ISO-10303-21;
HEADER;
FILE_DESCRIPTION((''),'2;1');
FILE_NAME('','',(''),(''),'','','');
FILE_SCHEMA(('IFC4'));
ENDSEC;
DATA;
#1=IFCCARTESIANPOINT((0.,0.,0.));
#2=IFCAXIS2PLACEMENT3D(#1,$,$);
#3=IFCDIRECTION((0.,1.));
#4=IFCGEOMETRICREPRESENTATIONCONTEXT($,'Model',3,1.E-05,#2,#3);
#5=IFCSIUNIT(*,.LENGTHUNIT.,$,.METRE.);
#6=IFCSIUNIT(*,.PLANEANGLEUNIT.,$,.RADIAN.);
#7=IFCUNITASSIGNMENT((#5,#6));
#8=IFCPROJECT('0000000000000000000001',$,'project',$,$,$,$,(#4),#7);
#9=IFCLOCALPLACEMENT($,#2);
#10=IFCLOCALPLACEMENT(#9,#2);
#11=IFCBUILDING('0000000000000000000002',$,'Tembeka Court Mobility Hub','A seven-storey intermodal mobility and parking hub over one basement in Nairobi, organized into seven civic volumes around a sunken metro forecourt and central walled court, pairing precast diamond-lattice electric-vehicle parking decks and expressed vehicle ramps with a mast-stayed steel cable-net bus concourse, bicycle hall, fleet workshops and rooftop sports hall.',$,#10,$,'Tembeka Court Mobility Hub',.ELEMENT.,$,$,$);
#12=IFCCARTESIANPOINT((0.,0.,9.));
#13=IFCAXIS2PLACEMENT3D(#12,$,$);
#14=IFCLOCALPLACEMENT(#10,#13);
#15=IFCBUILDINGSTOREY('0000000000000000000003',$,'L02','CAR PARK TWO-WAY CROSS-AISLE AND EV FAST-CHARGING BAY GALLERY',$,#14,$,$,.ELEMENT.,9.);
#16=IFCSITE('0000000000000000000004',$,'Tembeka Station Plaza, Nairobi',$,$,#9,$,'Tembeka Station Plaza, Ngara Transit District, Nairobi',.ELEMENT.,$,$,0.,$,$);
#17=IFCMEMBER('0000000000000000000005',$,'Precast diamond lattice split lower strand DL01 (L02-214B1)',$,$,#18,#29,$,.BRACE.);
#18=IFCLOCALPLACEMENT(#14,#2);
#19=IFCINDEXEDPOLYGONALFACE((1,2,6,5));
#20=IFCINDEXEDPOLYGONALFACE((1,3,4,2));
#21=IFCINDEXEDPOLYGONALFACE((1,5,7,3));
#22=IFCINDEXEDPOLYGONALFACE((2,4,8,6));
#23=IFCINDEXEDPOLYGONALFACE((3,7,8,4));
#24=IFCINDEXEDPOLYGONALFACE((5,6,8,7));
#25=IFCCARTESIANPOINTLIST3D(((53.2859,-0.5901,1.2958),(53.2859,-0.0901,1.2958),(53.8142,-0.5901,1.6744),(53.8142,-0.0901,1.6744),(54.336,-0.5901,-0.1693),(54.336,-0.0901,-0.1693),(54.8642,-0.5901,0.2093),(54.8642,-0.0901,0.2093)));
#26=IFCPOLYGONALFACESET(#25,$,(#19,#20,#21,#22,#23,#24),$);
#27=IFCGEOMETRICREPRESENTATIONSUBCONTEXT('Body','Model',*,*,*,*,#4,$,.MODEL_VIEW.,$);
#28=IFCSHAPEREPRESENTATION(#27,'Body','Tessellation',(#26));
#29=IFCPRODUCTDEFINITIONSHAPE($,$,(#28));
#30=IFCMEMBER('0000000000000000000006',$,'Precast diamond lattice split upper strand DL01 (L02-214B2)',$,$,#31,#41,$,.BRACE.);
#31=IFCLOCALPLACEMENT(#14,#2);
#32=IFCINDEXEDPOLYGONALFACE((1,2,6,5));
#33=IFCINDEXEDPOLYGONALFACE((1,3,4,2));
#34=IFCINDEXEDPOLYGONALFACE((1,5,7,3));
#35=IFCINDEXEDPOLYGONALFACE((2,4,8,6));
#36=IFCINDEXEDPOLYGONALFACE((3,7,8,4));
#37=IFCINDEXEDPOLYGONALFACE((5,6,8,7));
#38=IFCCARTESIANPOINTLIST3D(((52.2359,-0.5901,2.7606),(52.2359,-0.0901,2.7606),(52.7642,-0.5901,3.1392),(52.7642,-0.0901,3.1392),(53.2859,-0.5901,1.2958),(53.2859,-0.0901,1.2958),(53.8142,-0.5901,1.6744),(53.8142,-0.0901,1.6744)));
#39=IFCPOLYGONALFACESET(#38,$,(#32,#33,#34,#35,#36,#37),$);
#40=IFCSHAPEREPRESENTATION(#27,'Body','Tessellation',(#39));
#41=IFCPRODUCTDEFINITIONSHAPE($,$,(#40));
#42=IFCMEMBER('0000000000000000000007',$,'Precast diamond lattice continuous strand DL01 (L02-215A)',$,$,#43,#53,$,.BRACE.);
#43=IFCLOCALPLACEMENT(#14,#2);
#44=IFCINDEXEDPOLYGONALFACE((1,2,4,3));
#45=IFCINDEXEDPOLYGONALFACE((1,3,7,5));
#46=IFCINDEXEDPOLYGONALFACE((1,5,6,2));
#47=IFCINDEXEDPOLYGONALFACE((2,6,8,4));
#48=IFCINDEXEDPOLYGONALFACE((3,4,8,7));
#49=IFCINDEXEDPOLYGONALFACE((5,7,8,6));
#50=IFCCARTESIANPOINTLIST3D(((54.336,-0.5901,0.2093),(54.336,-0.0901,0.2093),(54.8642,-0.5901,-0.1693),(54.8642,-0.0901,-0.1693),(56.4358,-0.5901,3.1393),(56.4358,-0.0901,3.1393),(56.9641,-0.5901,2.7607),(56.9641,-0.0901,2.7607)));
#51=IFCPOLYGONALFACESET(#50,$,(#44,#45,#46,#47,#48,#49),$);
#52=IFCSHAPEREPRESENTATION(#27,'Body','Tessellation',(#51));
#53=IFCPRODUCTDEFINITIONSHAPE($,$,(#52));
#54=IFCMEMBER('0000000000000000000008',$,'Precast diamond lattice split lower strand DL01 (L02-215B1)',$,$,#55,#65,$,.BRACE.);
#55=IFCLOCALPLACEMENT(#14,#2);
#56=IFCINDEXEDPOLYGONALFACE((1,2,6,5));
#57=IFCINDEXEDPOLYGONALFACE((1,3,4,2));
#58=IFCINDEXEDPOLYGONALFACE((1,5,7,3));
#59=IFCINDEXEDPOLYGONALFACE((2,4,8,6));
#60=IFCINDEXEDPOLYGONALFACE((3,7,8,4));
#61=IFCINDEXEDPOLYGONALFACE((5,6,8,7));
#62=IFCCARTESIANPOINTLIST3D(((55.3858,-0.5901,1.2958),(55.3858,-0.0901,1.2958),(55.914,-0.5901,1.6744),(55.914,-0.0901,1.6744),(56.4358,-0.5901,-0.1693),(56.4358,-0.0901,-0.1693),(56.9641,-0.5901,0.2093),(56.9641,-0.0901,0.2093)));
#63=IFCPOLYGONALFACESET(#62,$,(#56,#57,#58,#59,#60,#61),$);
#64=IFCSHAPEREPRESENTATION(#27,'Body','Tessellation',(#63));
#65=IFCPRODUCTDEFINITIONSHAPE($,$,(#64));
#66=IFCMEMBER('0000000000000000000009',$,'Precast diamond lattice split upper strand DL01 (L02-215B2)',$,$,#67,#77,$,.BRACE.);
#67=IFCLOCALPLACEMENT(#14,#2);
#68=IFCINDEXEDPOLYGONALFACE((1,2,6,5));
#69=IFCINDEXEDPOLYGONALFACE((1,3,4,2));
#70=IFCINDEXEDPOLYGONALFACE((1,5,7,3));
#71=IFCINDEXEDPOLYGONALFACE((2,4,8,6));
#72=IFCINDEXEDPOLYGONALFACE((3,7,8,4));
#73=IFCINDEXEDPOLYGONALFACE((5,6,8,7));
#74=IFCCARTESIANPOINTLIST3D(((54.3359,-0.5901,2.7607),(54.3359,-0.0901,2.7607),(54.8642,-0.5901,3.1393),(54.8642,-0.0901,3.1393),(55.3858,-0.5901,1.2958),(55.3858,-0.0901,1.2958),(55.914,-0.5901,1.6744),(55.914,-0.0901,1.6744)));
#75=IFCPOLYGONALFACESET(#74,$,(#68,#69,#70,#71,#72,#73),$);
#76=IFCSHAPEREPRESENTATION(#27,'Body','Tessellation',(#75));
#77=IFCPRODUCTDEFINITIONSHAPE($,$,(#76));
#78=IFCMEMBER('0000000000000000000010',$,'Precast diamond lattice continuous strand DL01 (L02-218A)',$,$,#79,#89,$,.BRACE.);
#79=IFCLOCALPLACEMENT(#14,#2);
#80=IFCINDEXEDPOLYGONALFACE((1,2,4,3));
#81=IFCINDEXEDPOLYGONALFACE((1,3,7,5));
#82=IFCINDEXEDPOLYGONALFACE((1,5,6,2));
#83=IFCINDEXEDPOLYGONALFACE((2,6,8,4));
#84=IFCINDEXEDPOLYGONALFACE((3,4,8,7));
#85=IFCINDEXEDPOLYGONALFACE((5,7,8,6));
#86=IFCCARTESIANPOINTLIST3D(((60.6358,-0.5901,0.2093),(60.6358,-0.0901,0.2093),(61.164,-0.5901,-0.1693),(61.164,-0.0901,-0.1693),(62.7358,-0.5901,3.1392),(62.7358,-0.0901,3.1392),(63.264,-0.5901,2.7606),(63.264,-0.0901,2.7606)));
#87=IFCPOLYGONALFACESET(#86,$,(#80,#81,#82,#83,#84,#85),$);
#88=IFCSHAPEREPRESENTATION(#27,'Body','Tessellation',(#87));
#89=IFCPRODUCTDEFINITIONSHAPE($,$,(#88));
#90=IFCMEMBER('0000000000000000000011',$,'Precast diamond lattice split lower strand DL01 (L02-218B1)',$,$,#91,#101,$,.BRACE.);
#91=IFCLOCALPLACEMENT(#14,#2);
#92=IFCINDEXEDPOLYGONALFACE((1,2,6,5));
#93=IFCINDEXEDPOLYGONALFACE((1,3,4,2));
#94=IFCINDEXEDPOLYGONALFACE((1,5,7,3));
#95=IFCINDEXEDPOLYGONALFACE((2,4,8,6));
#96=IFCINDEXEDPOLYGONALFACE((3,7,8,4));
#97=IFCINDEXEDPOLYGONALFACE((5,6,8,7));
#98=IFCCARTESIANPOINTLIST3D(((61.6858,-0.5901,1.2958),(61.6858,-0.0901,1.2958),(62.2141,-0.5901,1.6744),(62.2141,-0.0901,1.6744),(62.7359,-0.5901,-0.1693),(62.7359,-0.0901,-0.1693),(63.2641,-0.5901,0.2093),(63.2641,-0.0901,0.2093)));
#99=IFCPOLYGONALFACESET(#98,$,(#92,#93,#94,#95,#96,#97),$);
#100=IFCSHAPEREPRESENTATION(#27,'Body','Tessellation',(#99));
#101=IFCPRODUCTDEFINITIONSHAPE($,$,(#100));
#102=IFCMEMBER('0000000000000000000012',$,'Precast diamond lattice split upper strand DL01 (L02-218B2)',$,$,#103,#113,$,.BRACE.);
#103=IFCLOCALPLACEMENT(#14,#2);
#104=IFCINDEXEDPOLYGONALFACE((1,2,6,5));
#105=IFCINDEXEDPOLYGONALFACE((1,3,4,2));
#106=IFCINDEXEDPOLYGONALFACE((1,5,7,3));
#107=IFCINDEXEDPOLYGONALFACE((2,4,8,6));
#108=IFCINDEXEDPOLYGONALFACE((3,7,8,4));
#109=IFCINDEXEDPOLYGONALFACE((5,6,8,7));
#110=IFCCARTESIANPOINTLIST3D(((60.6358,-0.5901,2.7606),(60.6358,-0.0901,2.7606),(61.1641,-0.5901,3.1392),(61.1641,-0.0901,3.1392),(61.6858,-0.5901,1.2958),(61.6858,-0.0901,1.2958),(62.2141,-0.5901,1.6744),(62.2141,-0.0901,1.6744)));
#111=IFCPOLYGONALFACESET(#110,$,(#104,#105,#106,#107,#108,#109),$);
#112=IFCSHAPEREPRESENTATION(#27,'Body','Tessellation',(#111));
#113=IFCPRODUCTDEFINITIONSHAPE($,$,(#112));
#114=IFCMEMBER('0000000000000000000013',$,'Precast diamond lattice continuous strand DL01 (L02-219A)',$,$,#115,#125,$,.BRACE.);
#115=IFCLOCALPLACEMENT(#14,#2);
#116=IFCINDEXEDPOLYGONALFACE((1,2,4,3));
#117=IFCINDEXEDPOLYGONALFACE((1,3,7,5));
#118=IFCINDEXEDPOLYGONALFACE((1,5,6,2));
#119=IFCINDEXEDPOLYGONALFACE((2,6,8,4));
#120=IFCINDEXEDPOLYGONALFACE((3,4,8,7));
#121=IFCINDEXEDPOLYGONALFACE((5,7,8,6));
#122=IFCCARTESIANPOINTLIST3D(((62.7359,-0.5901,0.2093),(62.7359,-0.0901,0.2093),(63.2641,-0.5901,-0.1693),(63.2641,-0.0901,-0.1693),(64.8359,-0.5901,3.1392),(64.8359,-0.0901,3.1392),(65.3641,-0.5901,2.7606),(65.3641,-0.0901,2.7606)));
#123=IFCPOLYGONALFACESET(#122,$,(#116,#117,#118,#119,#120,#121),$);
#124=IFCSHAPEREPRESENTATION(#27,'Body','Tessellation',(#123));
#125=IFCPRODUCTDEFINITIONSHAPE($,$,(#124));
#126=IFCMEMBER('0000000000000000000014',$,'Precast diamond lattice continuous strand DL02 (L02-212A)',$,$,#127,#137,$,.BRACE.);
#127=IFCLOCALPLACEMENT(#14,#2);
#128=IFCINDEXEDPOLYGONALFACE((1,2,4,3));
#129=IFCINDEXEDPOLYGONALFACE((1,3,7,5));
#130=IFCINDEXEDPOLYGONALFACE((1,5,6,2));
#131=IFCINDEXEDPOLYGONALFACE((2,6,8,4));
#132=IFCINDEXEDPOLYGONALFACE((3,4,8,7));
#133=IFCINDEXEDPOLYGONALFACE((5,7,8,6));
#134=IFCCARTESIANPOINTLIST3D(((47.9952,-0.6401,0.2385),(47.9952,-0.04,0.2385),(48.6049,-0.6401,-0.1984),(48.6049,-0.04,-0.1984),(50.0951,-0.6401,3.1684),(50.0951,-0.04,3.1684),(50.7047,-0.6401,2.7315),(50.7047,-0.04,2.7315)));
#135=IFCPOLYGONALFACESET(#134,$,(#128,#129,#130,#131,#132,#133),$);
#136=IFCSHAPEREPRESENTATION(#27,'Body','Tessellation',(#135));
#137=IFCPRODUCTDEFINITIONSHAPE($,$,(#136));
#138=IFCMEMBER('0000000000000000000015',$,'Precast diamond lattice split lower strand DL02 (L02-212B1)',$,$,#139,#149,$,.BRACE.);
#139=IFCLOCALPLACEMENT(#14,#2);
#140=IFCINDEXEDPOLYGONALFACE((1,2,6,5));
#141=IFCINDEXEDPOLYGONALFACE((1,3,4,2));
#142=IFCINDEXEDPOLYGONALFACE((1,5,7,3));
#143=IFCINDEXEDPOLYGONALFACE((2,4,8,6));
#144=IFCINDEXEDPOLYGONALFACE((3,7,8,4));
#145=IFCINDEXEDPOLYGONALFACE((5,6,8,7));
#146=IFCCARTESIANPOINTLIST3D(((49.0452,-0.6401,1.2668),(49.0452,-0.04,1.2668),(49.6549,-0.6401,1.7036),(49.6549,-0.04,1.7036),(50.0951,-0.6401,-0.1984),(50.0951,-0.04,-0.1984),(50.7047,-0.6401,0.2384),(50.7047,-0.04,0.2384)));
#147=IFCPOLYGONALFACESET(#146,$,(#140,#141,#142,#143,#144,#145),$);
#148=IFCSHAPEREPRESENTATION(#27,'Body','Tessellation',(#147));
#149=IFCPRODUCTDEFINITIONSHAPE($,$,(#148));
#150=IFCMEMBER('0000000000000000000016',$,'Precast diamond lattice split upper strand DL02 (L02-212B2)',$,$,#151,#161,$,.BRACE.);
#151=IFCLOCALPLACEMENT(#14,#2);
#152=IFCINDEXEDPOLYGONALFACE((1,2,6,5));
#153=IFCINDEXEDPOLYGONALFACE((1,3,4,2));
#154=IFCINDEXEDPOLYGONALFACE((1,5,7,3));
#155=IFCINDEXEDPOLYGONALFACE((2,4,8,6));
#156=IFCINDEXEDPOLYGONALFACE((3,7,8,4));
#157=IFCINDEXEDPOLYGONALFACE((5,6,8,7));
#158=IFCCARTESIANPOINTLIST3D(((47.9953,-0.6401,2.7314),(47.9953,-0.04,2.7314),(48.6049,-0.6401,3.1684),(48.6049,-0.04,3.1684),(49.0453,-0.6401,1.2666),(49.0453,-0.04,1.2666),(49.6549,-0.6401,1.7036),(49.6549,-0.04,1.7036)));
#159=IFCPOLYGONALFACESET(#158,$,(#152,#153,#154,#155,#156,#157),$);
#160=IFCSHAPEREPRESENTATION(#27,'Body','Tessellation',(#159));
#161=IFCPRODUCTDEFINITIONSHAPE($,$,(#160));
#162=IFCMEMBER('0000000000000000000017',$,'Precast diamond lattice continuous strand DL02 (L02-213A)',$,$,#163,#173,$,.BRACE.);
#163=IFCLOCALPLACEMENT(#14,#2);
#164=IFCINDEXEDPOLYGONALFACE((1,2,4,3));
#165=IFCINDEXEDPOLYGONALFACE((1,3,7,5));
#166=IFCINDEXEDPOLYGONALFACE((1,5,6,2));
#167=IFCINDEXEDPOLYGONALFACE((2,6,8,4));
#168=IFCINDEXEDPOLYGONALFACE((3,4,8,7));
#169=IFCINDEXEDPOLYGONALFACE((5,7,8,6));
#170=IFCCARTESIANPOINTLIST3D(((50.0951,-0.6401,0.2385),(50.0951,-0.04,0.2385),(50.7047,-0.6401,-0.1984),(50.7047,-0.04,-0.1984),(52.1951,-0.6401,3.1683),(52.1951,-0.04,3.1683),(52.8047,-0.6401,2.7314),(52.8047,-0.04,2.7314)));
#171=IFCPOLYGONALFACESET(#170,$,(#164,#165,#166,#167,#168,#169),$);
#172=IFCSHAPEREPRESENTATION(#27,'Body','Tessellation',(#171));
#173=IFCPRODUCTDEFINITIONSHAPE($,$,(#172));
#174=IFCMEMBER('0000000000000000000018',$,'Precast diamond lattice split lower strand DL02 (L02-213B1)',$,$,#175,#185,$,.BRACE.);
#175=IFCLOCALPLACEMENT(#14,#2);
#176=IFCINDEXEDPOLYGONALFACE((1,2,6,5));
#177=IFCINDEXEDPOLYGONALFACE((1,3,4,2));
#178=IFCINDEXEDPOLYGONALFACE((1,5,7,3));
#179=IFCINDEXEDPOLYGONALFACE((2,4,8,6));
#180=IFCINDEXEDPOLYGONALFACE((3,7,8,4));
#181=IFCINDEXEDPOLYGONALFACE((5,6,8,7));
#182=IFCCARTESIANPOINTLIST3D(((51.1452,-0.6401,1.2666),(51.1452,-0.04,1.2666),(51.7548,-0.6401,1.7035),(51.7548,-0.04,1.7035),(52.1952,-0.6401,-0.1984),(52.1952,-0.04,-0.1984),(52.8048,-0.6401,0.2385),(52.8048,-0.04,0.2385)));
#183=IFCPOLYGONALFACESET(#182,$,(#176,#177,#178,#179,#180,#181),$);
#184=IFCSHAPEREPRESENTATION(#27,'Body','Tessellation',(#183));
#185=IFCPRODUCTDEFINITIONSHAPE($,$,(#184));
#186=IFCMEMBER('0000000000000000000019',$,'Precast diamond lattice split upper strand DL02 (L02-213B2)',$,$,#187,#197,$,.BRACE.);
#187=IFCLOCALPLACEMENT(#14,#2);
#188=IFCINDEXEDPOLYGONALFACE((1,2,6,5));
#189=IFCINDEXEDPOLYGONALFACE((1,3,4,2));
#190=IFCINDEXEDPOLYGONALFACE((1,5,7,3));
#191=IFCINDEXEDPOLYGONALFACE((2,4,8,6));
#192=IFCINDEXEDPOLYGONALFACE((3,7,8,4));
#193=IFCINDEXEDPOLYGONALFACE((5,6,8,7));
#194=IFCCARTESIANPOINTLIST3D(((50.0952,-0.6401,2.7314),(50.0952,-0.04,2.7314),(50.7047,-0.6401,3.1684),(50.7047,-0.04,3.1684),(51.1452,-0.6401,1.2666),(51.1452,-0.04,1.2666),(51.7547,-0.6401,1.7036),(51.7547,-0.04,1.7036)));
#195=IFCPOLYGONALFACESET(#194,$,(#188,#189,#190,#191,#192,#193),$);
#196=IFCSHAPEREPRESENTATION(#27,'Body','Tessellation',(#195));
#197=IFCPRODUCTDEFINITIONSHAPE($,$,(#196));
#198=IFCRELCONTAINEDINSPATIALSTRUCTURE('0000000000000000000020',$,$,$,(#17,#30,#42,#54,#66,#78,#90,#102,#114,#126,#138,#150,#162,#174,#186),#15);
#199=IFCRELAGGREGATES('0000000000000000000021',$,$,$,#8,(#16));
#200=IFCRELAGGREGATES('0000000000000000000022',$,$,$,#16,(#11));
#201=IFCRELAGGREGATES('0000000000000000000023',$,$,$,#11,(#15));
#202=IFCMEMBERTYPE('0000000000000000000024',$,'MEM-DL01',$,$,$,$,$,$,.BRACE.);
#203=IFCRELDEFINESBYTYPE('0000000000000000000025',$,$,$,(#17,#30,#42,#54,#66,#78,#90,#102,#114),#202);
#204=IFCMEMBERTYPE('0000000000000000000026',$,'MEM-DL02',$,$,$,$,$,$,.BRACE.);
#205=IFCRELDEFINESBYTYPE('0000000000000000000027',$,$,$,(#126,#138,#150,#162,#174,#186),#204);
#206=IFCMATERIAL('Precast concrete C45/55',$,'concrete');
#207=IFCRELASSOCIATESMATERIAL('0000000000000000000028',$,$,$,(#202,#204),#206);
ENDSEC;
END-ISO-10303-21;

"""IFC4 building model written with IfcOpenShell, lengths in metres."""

from ifc_helpers import new_model, si_unit, direction, frame, origin, origin_2d, place, context, subcontext, project, spatial, rectangle, extrude, material, material_profile, profile_set, type_object, element, save


model = new_model("IFC4")

# Units and contexts
model_context = context("Model", 3, precision=1e-05, world=origin(), true_north=direction((0.0, 1.0)))
body_context = subcontext(model_context, "Body", "Model", "MODEL_VIEW")
ifc_project = project(units=[si_unit("LENGTHUNIT", "METRE"), si_unit("PLANEANGLEUNIT", "RADIAN")], contexts=[model_context])

# Site, building, storey
site_placement = place(None, origin())
site = spatial("IfcSite", under=ifc_project, at=site_placement, Name="Tembeka Station Plaza, Nairobi", LongName="Tembeka Station Plaza, Ngara Transit District, Nairobi", CompositionType="ELEMENT", RefElevation=0.0)
building_placement = place(site_placement, origin())
building = spatial("IfcBuilding", under=site, at=building_placement, Name="Tembeka Court Mobility Hub", Description="A seven-storey intermodal mobility and parking hub over one basement in Nairobi, organized into seven civic volumes around a sunken metro forecourt and central walled court, pairing precast diamond-lattice electric-vehicle parking decks and expressed vehicle ramps with a mast-stayed steel cable-net bus concourse, bicycle hall, fleet workshops and rooftop sports hall.", LongName="Tembeka Court Mobility Hub", CompositionType="ELEMENT")
storey_placement = place(building_placement, frame((0.0, 0.0, 9.0)))
storey = spatial("IfcBuildingStorey", under=building, at=storey_placement, Name="L02", Description="CAR PARK TWO-WAY CROSS-AISLE AND EV FAST-CHARGING BAY GALLERY", CompositionType="ELEMENT", Elevation=9.0)

# Shared definitions
ifc_material_1 = material(Name="Precast concrete C45/55", Category="concrete")

# Members
ifc_material_profile_1 = material_profile(ifc_material_1, rectangle(XDim=0.5, YDim=0.6499, at=origin_2d()), Name="PC-DIAG 500x650")
ifc_profile_set_1 = profile_set([ifc_material_profile_1], Name="Precast concrete C45/55")
member_type_1 = type_object("IfcMemberType", Name="MEM-DL01", PredefinedType="BRACE", material=ifc_profile_set_1)
member_1_placement = place(storey_placement, frame((54.6001, -0.3401, 0.02), z_axis=(-0.582544, 0.0, 0.812799), x_axis=(0.0, -1.0, 0.0)))
element("IfcMember", 1, at=member_1_placement, inside=storey, type_object=member_type_1, Name="Precast diamond lattice split lower strand DL01 (L02-214B1)", PredefinedType="BRACE", context=body_context, shape_type="SweptSolid", body=[
    extrude(rectangle(XDim=0.5, YDim=0.6499, at=origin_2d()), origin(), (0.0, 0.0, 1.0), 1.8025),
])
member_2_placement = place(storey_placement, frame((53.55, -0.3401, 1.4851), z_axis=(-0.582608, 0.0, 0.812753), x_axis=(0.0, -1.0, 0.0)))
element("IfcMember", 2, at=member_2_placement, inside=storey, type_object=member_type_1, Name="Precast diamond lattice split upper strand DL01 (L02-214B2)", PredefinedType="BRACE", context=body_context, shape_type="SweptSolid", body=[
    extrude(rectangle(XDim=0.5, YDim=0.6499, at=origin_2d()), origin(), (0.0, 0.0, 1.0), 1.8022),
])
member_3_placement = place(storey_placement, frame((54.6001, -0.3401, 0.02), z_axis=(0.582532, 0.0, 0.812808), x_axis=(0.0, 1.0, 0.0)))
element("IfcMember", 3, at=member_3_placement, inside=storey, type_object=member_type_1, Name="Precast diamond lattice continuous strand DL01 (L02-215A)", PredefinedType="BRACE", context=body_context, shape_type="SweptSolid", body=[
    extrude(rectangle(XDim=0.5, YDim=0.6499, at=origin_2d()), origin(), (0.0, 0.0, 1.0), 3.6047),
])
member_4_placement = place(storey_placement, frame((56.7, -0.3401, 0.02), z_axis=(-0.582544, 0.0, 0.812799), x_axis=(0.0, -1.0, 0.0)))
element("IfcMember", 4, at=member_4_placement, inside=storey, type_object=member_type_1, Name="Precast diamond lattice split lower strand DL01 (L02-215B1)", PredefinedType="BRACE", context=body_context, shape_type="SweptSolid", body=[
    extrude(rectangle(XDim=0.5, YDim=0.6499, at=origin_2d()), origin(), (0.0, 0.0, 1.0), 1.8025),
])
member_5_placement = place(storey_placement, frame((55.6499, -0.3401, 1.4851), z_axis=(-0.582519, 0.0, 0.812817), x_axis=(0.0, -1.0, 0.0)))
element("IfcMember", 5, at=member_5_placement, inside=storey, type_object=member_type_1, Name="Precast diamond lattice split upper strand DL01 (L02-215B2)", PredefinedType="BRACE", context=body_context, shape_type="SweptSolid", body=[
    extrude(rectangle(XDim=0.5, YDim=0.6499, at=origin_2d()), origin(), (0.0, 0.0, 1.0), 1.8022),
])
member_6_placement = place(storey_placement, frame((60.8999, -0.3401, 0.02), z_axis=(0.582576, 0.0, 0.812776), x_axis=(0.0, 1.0, 0.0)))
element("IfcMember", 6, at=member_6_placement, inside=storey, type_object=member_type_1, Name="Precast diamond lattice continuous strand DL01 (L02-218A)", PredefinedType="BRACE", context=body_context, shape_type="SweptSolid", body=[
    extrude(rectangle(XDim=0.5, YDim=0.6499, at=origin_2d()), origin(), (0.0, 0.0, 1.0), 3.6047),
])
member_7_placement = place(storey_placement, frame((63.0, -0.3401, 0.02), z_axis=(-0.582544, 0.0, 0.812799), x_axis=(0.0, -1.0, 0.0)))
element("IfcMember", 7, at=member_7_placement, inside=storey, type_object=member_type_1, Name="Precast diamond lattice split lower strand DL01 (L02-218B1)", PredefinedType="BRACE", context=body_context, shape_type="SweptSolid", body=[
    extrude(rectangle(XDim=0.5, YDim=0.6499, at=origin_2d()), origin(), (0.0, 0.0, 1.0), 1.8025),
])
member_8_placement = place(storey_placement, frame((61.95, -0.3401, 1.4851), z_axis=(-0.582608, 0.0, 0.812753), x_axis=(0.0, -1.0, 0.0)))
element("IfcMember", 8, at=member_8_placement, inside=storey, type_object=member_type_1, Name="Precast diamond lattice split upper strand DL01 (L02-218B2)", PredefinedType="BRACE", context=body_context, shape_type="SweptSolid", body=[
    extrude(rectangle(XDim=0.5, YDim=0.6499, at=origin_2d()), origin(), (0.0, 0.0, 1.0), 1.8022),
])
member_9_placement = place(storey_placement, frame((63.0, -0.3401, 0.02), z_axis=(0.582576, 0.0, 0.812776), x_axis=(0.0, 1.0, 0.0)))
element("IfcMember", 9, at=member_9_placement, inside=storey, type_object=member_type_1, Name="Precast diamond lattice continuous strand DL01 (L02-219A)", PredefinedType="BRACE", context=body_context, shape_type="SweptSolid", body=[
    extrude(rectangle(XDim=0.5, YDim=0.6499, at=origin_2d()), origin(), (0.0, 0.0, 1.0), 3.6047),
])
ifc_material_profile_2 = material_profile(ifc_material_1, rectangle(XDim=0.6001, YDim=0.75, at=origin_2d()), Name="PC-DIAG 600x750")
ifc_profile_set_2 = profile_set([ifc_material_profile_2], Name="Precast concrete C45/55")
member_type_2 = type_object("IfcMemberType", Name="MEM-DL02", PredefinedType="BRACE", material=ifc_profile_set_2)
member_10_placement = place(storey_placement, frame((48.3, -0.3401, 0.02), z_axis=(0.582532, 0.0, 0.812808), x_axis=(0.0, 1.0, 0.0)))
element("IfcMember", 10, at=member_10_placement, inside=storey, type_object=member_type_2, Name="Precast diamond lattice continuous strand DL02 (L02-212A)", PredefinedType="BRACE", context=body_context, shape_type="SweptSolid", body=[
    extrude(rectangle(XDim=0.6001, YDim=0.75, at=origin_2d()), origin(), (0.0, 0.0, 1.0), 3.6047),
])
member_11_placement = place(storey_placement, frame((50.3999, -0.3401, 0.02), z_axis=(-0.582455, 0.0, 0.812863), x_axis=(0.0, -1.0, 0.0)))
element("IfcMember", 11, at=member_11_placement, inside=storey, type_object=member_type_2, Name="Precast diamond lattice split lower strand DL02 (L02-212B1)", PredefinedType="BRACE", context=body_context, shape_type="SweptSolid", body=[
    extrude(rectangle(XDim=0.6001, YDim=0.75, at=origin_2d()), origin(), (0.0, 0.0, 1.0), 1.8025),
])
member_12_placement = place(storey_placement, frame((49.3501, -0.3401, 1.4851), z_axis=(-0.582608, 0.0, 0.812753), x_axis=(0.0, -1.0, 0.0)))
element("IfcMember", 12, at=member_12_placement, inside=storey, type_object=member_type_2, Name="Precast diamond lattice split upper strand DL02 (L02-212B2)", PredefinedType="BRACE", context=body_context, shape_type="SweptSolid", body=[
    extrude(rectangle(XDim=0.6001, YDim=0.75, at=origin_2d()), origin(), (0.0, 0.0, 1.0), 1.8022),
])
member_13_placement = place(storey_placement, frame((50.3999, -0.3401, 0.02), z_axis=(0.582576, 0.0, 0.812776), x_axis=(0.0, 1.0, 0.0)))
element("IfcMember", 13, at=member_13_placement, inside=storey, type_object=member_type_2, Name="Precast diamond lattice continuous strand DL02 (L02-213A)", PredefinedType="BRACE", context=body_context, shape_type="SweptSolid", body=[
    extrude(rectangle(XDim=0.6001, YDim=0.75, at=origin_2d()), origin(), (0.0, 0.0, 1.0), 3.6047),
])
member_14_placement = place(storey_placement, frame((52.5, -0.3401, 0.02), z_axis=(-0.582544, 0.0, 0.812799), x_axis=(0.0, -1.0, 0.0)))
element("IfcMember", 14, at=member_14_placement, inside=storey, type_object=member_type_2, Name="Precast diamond lattice split lower strand DL02 (L02-213B1)", PredefinedType="BRACE", context=body_context, shape_type="SweptSolid", body=[
    extrude(rectangle(XDim=0.6001, YDim=0.75, at=origin_2d()), origin(), (0.0, 0.0, 1.0), 1.8025),
])
member_15_placement = place(storey_placement, frame((51.45, -0.3401, 1.4851), z_axis=(-0.582608, 0.0, 0.812753), x_axis=(0.0, -1.0, 0.0)))
element("IfcMember", 15, at=member_15_placement, inside=storey, type_object=member_type_2, Name="Precast diamond lattice split upper strand DL02 (L02-213B2)", PredefinedType="BRACE", context=body_context, shape_type="SweptSolid", body=[
    extrude(rectangle(XDim=0.6001, YDim=0.75, at=origin_2d()), origin(), (0.0, 0.0, 1.0), 1.8022),
])

save(model, "model.ifc")
